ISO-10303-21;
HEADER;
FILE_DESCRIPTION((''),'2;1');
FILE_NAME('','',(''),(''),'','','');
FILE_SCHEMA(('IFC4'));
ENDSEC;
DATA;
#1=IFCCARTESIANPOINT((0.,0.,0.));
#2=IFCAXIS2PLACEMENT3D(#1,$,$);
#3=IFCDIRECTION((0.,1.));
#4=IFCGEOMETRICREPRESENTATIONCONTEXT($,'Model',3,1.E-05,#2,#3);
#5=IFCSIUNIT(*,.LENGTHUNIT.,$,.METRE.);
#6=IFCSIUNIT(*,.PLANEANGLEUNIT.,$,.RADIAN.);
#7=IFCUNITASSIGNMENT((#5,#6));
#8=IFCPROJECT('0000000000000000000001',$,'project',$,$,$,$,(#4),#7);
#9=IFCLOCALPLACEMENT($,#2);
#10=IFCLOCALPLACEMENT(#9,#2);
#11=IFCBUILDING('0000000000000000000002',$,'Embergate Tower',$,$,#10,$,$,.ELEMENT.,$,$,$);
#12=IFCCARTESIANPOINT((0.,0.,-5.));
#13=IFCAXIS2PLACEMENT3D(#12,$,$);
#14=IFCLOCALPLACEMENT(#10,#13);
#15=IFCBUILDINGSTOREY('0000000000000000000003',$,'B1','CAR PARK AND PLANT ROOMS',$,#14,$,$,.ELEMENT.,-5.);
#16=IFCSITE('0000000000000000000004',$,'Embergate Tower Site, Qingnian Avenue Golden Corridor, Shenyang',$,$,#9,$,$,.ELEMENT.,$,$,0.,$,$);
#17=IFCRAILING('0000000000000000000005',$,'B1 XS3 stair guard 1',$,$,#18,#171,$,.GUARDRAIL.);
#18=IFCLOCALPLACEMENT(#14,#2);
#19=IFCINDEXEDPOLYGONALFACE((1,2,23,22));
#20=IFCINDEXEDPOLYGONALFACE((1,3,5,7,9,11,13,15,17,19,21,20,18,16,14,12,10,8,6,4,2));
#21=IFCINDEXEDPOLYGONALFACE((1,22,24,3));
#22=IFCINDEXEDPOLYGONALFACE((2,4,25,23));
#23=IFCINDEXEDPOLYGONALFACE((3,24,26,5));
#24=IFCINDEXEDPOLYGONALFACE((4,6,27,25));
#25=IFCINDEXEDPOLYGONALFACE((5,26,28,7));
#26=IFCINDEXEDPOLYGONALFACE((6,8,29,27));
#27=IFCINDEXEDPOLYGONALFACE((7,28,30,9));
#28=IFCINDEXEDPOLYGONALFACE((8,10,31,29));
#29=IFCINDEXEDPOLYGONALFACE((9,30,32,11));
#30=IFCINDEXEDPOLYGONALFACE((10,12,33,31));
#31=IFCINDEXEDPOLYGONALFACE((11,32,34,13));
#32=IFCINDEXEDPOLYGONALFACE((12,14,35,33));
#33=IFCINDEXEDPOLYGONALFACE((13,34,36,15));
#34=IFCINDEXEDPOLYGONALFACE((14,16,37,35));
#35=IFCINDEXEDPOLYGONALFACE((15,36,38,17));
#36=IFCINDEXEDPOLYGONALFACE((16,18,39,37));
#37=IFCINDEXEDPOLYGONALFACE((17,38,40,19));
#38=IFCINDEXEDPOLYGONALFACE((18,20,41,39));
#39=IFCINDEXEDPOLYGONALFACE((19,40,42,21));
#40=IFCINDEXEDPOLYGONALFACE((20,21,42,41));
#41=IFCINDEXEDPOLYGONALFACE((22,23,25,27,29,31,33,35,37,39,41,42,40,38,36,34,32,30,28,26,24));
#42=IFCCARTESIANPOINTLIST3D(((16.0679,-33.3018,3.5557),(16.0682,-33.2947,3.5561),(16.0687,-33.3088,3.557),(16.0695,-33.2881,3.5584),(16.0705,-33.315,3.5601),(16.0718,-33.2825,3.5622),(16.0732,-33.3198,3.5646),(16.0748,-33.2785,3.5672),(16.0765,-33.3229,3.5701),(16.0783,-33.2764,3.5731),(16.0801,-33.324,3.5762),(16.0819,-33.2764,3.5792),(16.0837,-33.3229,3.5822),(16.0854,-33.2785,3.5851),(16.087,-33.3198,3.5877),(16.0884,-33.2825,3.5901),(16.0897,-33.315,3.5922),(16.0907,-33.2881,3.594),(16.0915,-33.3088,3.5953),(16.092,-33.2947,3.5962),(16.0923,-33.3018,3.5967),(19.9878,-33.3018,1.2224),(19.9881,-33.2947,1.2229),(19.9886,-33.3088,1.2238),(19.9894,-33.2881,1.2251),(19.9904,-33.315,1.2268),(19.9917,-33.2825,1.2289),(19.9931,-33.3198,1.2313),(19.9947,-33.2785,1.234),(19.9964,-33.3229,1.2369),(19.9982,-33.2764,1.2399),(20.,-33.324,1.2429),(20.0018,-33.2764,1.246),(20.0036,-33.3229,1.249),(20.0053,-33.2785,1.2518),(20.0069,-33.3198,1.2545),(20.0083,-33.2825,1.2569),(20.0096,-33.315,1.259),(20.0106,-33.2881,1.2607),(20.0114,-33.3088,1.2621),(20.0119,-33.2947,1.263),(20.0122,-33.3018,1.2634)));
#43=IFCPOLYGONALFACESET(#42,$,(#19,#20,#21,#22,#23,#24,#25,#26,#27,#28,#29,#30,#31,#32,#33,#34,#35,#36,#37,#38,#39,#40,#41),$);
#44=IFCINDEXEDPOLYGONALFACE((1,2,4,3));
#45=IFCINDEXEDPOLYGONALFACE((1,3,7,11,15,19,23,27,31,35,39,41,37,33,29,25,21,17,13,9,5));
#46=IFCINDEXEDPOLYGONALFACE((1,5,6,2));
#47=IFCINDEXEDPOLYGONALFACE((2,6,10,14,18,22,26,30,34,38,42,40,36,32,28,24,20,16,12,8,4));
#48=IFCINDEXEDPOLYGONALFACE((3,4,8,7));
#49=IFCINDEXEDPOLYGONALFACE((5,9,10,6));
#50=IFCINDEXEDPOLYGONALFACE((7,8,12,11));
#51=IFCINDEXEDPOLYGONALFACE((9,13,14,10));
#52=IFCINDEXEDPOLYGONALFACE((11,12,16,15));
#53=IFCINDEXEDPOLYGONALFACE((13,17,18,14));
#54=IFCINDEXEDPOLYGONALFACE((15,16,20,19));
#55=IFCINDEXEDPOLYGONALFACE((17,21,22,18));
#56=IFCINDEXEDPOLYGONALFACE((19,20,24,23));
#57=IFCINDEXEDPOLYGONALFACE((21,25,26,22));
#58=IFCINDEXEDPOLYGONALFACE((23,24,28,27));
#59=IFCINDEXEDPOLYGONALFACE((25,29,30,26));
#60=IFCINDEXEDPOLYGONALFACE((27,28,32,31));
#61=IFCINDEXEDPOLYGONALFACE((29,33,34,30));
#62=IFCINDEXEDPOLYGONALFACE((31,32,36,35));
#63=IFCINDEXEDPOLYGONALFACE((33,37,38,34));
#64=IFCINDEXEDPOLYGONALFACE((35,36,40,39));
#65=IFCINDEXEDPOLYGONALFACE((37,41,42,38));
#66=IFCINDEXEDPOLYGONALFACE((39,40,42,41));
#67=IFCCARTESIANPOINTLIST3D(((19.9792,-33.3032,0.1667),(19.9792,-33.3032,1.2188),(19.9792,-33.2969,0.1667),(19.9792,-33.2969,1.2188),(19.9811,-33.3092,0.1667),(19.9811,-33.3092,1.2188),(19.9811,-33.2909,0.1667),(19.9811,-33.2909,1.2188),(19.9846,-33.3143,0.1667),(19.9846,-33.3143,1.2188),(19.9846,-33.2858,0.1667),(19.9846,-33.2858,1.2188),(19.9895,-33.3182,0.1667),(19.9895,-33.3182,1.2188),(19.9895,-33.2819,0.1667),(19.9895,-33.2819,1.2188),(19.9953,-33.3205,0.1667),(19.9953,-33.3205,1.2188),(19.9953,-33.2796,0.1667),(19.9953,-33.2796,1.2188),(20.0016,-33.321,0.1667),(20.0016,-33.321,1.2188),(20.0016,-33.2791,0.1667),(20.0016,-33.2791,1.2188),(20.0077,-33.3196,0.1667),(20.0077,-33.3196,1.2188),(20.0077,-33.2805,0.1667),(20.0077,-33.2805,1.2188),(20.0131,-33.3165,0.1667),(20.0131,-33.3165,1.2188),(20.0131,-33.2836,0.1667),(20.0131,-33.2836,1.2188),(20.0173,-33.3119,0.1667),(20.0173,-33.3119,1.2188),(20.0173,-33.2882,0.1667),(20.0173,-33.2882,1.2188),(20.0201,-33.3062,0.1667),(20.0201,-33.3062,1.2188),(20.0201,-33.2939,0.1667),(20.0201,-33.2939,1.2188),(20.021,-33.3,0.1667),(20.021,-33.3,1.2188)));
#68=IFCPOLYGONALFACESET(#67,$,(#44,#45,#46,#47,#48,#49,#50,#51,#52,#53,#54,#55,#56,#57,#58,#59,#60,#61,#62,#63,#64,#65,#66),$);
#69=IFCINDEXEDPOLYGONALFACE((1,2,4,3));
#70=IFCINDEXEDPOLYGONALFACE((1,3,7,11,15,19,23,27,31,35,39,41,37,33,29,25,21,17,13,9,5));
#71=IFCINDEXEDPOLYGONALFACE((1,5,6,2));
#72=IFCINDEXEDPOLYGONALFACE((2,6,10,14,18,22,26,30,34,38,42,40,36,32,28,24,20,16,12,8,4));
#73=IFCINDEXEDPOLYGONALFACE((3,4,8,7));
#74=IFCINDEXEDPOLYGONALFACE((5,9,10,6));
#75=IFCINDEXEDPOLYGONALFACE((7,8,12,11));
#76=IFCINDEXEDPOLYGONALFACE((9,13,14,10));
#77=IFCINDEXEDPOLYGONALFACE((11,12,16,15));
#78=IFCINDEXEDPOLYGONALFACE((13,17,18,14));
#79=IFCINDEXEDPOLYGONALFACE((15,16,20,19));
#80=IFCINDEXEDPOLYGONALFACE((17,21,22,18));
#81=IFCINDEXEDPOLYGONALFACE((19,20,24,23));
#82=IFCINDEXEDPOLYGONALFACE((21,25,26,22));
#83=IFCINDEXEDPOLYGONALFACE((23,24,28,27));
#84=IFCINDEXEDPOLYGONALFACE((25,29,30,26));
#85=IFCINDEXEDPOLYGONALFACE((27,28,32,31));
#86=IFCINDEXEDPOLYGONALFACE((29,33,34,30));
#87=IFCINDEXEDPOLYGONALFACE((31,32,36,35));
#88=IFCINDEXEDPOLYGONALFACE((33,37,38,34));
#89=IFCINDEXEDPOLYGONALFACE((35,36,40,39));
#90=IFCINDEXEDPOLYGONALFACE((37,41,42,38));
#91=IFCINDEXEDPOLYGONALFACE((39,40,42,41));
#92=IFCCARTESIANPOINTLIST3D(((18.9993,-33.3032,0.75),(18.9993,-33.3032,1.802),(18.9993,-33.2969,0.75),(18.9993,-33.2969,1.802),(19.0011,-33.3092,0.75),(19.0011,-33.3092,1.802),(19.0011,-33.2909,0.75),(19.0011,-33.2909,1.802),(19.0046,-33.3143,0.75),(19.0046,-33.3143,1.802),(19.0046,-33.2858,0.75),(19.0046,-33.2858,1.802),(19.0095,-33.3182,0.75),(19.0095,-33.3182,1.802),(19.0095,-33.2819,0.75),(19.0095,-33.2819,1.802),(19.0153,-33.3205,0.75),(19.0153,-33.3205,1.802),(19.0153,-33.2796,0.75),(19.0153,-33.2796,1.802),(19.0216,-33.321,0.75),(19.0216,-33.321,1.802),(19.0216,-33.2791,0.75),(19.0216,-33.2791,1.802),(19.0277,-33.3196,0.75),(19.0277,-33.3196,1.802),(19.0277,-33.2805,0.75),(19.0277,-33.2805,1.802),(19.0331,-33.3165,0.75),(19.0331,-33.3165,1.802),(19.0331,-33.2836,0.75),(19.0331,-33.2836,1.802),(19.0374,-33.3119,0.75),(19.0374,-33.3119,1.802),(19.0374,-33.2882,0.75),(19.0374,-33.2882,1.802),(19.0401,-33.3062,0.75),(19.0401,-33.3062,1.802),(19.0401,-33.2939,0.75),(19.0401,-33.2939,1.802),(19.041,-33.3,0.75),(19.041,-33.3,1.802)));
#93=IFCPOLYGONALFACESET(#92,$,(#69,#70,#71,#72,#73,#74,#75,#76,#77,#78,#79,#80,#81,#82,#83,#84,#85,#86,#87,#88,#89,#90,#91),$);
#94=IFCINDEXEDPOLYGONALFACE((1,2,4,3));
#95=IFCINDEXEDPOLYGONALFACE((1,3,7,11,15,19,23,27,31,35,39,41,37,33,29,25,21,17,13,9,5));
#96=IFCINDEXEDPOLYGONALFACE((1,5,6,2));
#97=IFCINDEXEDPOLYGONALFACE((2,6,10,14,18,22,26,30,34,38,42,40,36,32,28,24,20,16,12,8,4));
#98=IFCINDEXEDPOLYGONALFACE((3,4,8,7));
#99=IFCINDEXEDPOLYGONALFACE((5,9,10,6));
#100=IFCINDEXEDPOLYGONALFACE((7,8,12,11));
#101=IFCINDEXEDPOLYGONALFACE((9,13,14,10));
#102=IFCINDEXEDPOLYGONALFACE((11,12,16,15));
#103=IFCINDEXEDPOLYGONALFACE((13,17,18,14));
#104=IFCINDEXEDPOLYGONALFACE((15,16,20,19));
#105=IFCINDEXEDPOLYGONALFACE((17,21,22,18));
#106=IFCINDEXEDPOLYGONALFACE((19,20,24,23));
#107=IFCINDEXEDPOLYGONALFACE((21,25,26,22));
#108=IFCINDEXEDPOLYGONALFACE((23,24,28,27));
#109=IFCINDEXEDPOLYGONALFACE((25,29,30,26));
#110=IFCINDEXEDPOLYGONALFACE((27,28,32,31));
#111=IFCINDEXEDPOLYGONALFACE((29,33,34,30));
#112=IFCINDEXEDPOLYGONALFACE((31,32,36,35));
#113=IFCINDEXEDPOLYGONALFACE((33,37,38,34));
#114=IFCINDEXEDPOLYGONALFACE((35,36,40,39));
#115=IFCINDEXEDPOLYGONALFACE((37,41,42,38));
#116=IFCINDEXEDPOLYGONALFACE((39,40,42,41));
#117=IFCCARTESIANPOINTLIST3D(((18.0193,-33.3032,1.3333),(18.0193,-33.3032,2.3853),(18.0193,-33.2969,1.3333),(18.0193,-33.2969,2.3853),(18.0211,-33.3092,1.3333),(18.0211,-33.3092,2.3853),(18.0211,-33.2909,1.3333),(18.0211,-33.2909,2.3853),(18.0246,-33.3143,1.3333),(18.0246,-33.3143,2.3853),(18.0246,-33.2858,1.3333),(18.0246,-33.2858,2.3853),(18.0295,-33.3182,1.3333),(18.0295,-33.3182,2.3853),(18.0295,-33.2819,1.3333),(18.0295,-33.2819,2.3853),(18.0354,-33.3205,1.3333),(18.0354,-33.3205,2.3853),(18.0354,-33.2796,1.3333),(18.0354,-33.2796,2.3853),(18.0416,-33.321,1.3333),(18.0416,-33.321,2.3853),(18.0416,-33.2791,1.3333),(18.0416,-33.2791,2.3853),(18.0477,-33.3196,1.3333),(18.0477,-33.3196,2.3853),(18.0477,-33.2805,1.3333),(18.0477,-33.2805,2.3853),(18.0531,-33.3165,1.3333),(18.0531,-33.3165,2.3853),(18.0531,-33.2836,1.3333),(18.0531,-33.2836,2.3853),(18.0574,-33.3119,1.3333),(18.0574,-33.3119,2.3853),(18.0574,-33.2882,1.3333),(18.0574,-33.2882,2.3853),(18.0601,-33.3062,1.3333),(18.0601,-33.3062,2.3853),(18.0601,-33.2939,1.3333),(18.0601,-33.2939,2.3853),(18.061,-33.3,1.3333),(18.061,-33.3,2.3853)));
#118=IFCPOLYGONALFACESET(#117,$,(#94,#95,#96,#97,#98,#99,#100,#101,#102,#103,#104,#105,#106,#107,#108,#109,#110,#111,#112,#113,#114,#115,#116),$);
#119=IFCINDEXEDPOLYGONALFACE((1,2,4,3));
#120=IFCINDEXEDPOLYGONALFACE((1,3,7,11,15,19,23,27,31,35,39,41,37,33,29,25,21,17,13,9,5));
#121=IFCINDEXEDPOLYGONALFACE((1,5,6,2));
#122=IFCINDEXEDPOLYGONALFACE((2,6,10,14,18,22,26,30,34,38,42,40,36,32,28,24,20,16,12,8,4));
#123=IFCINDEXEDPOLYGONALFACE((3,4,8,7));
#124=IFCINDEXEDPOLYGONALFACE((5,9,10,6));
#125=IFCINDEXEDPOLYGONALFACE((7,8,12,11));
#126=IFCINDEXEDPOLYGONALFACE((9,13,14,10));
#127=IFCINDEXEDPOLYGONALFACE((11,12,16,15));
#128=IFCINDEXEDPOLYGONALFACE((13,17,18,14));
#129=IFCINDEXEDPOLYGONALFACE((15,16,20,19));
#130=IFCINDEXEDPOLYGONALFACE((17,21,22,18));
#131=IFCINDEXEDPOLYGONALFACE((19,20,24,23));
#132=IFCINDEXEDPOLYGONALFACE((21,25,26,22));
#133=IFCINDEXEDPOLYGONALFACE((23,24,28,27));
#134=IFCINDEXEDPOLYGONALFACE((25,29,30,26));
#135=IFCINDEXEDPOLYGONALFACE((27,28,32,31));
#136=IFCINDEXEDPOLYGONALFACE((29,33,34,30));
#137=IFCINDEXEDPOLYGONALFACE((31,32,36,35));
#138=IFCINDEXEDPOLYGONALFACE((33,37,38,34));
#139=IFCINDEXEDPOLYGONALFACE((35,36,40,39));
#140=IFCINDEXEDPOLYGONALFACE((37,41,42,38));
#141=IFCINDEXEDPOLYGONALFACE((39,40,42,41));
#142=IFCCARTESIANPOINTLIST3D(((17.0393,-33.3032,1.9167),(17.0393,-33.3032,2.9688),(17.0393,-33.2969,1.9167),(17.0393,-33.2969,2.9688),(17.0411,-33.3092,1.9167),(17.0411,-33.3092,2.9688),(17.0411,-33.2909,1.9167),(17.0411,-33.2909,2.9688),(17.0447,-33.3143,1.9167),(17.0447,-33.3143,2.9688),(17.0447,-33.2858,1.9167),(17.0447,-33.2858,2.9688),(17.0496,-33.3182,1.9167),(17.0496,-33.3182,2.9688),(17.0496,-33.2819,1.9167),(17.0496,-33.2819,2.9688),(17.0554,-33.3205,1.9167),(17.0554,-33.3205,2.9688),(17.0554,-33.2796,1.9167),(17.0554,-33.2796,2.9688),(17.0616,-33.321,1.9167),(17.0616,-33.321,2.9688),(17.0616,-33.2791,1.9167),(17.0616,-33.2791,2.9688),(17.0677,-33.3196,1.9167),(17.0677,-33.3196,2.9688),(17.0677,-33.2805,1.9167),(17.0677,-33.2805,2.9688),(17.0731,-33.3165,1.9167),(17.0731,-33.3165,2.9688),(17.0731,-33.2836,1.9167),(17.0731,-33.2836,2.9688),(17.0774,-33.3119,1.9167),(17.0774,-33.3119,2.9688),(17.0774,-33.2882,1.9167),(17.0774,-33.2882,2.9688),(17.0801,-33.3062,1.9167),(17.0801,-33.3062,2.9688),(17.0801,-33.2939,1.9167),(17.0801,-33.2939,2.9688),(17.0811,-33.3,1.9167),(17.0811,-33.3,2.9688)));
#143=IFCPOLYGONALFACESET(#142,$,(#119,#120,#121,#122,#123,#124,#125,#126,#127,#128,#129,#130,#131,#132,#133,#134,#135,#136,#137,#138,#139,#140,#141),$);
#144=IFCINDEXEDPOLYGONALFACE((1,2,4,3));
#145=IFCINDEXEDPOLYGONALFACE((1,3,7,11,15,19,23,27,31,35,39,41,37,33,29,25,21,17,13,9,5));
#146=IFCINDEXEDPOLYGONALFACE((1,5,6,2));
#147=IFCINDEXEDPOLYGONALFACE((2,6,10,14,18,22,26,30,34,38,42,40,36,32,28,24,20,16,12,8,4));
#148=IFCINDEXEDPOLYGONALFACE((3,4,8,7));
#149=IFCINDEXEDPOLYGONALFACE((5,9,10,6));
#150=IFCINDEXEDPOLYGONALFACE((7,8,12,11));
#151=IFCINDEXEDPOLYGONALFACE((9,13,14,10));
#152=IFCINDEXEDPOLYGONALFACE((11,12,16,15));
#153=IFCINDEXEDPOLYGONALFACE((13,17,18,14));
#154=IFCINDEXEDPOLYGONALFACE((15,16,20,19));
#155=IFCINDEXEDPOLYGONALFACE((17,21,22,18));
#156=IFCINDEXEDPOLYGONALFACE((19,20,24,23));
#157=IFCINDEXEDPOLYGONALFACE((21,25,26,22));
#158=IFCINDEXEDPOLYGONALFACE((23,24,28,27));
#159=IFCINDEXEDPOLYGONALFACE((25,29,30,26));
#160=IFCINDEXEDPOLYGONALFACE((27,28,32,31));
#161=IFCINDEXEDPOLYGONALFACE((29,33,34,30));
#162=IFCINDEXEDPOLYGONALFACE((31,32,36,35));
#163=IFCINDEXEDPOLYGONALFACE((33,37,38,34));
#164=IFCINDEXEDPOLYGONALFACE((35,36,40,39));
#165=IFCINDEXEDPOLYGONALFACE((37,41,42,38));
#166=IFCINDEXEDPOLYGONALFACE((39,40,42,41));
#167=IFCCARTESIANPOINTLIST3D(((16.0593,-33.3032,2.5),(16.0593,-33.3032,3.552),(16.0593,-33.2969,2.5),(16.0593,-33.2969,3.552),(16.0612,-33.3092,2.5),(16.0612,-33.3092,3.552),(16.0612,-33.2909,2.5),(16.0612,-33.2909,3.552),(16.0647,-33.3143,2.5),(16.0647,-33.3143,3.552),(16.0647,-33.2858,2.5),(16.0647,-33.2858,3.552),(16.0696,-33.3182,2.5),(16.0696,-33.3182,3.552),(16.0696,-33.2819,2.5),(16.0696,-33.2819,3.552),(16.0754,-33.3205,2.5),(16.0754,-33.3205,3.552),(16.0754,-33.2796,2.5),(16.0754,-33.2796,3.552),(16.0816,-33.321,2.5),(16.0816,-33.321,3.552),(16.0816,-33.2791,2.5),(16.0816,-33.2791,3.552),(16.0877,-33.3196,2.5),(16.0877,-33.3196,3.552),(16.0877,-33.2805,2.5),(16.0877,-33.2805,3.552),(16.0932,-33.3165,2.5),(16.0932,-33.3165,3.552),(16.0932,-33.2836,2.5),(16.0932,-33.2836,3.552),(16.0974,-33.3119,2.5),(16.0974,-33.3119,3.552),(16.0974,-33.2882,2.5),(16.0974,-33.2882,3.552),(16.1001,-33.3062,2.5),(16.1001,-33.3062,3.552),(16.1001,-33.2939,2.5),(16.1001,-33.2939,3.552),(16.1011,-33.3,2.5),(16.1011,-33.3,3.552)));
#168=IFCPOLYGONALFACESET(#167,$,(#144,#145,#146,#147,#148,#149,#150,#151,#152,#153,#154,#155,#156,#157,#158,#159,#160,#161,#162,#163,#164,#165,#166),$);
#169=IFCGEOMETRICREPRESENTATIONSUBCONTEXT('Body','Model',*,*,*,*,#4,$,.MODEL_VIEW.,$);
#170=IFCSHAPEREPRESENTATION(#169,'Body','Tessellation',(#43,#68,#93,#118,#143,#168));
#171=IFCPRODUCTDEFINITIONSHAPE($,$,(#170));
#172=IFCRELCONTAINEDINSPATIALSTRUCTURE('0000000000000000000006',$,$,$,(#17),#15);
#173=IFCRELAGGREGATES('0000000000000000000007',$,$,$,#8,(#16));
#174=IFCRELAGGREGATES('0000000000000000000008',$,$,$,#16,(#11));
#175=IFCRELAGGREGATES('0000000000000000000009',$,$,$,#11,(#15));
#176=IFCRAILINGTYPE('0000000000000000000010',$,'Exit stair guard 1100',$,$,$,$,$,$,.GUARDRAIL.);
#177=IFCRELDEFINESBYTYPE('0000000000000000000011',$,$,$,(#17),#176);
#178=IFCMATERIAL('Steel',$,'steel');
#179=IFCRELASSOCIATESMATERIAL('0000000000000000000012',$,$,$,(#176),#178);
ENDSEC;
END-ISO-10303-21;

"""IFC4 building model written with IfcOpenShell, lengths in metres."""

from ifc_helpers import new_model, si_unit, direction, frame, origin, origin_2d, place, context, subcontext, project, spatial, circle, extrude, source, transform, mapped, material, type_object, element, save


model = new_model("IFC4")

# Units and contexts
model_context = context("Model", 3, precision=1e-05, world=origin(), true_north=direction((0.0, 1.0)))
body_context = subcontext(model_context, "Body", "Model", "MODEL_VIEW")
ifc_project = project(units=[si_unit("LENGTHUNIT", "METRE"), si_unit("PLANEANGLEUNIT", "RADIAN")], contexts=[model_context])

# Site, building, storey
site_placement = place(None, origin())
site = spatial("IfcSite", under=ifc_project, at=site_placement, Name="Embergate Tower Site, Qingnian Avenue Golden Corridor, Shenyang", CompositionType="ELEMENT", RefElevation=0.0)
building_placement = place(site_placement, origin())
building = spatial("IfcBuilding", under=site, at=building_placement, Name="Embergate Tower", CompositionType="ELEMENT")
storey_placement = place(building_placement, frame((0.0, 0.0, -5.0)))
storey = spatial("IfcBuildingStorey", under=building, at=storey_placement, Name="B1", Description="CAR PARK AND PLANT ROOMS", CompositionType="ELEMENT", Elevation=-5.0)

# Railing
ifc_material_1 = material(Name="Steel", Category="steel")
railing_type_1 = type_object("IfcRailingType", Name="Exit stair guard 1100", PredefinedType="GUARDRAIL", material=ifc_material_1)
shared_shape_1 = source(origin(), body_context, "Body", "SweptSolid", [
    extrude(circle(Radius=0.0239, at=origin_2d()), frame((0.0, 0.0, 1.0762), z_axis=(-0.859296, 0.0, 0.511478), x_axis=(0.0, -1.0, 0.0)), (0.0, 0.0, 1.0), 4.5618),
    extrude(circle(Radius=0.021, at=origin_2d()), origin(), (0.0, 0.0, 1.0), 1.052),
    extrude(circle(Radius=0.021, at=origin_2d()), frame((-0.98, 0.0, 0.5833)), (0.0, 0.0, 1.0), 1.052),
    extrude(circle(Radius=0.021, at=origin_2d()), frame((-1.96, 0.0, 1.1665)), (0.0, 0.0, 1.0), 1.052),
    extrude(circle(Radius=0.021, at=origin_2d()), frame((-2.9399, 0.0, 1.75)), (0.0, 0.0, 1.0), 1.052),
    extrude(circle(Radius=0.021, at=origin_2d()), frame((-3.9199, 0.0, 2.3333)), (0.0, 0.0, 1.0), 1.052),
])
railing_1_placement = place(storey_placement, frame((20.0, -33.3, 0.1667)))
element("IfcRailing", 1, at=railing_1_placement, inside=storey, type_object=railing_type_1, Name="B1 XS3 stair guard 1", PredefinedType="GUARDRAIL", context=body_context, shape_type="MappedRepresentation", body=[
    mapped(shared_shape_1, transform((0.0, 0.0, 0.0))),
])

save(model, "model.ifc")
